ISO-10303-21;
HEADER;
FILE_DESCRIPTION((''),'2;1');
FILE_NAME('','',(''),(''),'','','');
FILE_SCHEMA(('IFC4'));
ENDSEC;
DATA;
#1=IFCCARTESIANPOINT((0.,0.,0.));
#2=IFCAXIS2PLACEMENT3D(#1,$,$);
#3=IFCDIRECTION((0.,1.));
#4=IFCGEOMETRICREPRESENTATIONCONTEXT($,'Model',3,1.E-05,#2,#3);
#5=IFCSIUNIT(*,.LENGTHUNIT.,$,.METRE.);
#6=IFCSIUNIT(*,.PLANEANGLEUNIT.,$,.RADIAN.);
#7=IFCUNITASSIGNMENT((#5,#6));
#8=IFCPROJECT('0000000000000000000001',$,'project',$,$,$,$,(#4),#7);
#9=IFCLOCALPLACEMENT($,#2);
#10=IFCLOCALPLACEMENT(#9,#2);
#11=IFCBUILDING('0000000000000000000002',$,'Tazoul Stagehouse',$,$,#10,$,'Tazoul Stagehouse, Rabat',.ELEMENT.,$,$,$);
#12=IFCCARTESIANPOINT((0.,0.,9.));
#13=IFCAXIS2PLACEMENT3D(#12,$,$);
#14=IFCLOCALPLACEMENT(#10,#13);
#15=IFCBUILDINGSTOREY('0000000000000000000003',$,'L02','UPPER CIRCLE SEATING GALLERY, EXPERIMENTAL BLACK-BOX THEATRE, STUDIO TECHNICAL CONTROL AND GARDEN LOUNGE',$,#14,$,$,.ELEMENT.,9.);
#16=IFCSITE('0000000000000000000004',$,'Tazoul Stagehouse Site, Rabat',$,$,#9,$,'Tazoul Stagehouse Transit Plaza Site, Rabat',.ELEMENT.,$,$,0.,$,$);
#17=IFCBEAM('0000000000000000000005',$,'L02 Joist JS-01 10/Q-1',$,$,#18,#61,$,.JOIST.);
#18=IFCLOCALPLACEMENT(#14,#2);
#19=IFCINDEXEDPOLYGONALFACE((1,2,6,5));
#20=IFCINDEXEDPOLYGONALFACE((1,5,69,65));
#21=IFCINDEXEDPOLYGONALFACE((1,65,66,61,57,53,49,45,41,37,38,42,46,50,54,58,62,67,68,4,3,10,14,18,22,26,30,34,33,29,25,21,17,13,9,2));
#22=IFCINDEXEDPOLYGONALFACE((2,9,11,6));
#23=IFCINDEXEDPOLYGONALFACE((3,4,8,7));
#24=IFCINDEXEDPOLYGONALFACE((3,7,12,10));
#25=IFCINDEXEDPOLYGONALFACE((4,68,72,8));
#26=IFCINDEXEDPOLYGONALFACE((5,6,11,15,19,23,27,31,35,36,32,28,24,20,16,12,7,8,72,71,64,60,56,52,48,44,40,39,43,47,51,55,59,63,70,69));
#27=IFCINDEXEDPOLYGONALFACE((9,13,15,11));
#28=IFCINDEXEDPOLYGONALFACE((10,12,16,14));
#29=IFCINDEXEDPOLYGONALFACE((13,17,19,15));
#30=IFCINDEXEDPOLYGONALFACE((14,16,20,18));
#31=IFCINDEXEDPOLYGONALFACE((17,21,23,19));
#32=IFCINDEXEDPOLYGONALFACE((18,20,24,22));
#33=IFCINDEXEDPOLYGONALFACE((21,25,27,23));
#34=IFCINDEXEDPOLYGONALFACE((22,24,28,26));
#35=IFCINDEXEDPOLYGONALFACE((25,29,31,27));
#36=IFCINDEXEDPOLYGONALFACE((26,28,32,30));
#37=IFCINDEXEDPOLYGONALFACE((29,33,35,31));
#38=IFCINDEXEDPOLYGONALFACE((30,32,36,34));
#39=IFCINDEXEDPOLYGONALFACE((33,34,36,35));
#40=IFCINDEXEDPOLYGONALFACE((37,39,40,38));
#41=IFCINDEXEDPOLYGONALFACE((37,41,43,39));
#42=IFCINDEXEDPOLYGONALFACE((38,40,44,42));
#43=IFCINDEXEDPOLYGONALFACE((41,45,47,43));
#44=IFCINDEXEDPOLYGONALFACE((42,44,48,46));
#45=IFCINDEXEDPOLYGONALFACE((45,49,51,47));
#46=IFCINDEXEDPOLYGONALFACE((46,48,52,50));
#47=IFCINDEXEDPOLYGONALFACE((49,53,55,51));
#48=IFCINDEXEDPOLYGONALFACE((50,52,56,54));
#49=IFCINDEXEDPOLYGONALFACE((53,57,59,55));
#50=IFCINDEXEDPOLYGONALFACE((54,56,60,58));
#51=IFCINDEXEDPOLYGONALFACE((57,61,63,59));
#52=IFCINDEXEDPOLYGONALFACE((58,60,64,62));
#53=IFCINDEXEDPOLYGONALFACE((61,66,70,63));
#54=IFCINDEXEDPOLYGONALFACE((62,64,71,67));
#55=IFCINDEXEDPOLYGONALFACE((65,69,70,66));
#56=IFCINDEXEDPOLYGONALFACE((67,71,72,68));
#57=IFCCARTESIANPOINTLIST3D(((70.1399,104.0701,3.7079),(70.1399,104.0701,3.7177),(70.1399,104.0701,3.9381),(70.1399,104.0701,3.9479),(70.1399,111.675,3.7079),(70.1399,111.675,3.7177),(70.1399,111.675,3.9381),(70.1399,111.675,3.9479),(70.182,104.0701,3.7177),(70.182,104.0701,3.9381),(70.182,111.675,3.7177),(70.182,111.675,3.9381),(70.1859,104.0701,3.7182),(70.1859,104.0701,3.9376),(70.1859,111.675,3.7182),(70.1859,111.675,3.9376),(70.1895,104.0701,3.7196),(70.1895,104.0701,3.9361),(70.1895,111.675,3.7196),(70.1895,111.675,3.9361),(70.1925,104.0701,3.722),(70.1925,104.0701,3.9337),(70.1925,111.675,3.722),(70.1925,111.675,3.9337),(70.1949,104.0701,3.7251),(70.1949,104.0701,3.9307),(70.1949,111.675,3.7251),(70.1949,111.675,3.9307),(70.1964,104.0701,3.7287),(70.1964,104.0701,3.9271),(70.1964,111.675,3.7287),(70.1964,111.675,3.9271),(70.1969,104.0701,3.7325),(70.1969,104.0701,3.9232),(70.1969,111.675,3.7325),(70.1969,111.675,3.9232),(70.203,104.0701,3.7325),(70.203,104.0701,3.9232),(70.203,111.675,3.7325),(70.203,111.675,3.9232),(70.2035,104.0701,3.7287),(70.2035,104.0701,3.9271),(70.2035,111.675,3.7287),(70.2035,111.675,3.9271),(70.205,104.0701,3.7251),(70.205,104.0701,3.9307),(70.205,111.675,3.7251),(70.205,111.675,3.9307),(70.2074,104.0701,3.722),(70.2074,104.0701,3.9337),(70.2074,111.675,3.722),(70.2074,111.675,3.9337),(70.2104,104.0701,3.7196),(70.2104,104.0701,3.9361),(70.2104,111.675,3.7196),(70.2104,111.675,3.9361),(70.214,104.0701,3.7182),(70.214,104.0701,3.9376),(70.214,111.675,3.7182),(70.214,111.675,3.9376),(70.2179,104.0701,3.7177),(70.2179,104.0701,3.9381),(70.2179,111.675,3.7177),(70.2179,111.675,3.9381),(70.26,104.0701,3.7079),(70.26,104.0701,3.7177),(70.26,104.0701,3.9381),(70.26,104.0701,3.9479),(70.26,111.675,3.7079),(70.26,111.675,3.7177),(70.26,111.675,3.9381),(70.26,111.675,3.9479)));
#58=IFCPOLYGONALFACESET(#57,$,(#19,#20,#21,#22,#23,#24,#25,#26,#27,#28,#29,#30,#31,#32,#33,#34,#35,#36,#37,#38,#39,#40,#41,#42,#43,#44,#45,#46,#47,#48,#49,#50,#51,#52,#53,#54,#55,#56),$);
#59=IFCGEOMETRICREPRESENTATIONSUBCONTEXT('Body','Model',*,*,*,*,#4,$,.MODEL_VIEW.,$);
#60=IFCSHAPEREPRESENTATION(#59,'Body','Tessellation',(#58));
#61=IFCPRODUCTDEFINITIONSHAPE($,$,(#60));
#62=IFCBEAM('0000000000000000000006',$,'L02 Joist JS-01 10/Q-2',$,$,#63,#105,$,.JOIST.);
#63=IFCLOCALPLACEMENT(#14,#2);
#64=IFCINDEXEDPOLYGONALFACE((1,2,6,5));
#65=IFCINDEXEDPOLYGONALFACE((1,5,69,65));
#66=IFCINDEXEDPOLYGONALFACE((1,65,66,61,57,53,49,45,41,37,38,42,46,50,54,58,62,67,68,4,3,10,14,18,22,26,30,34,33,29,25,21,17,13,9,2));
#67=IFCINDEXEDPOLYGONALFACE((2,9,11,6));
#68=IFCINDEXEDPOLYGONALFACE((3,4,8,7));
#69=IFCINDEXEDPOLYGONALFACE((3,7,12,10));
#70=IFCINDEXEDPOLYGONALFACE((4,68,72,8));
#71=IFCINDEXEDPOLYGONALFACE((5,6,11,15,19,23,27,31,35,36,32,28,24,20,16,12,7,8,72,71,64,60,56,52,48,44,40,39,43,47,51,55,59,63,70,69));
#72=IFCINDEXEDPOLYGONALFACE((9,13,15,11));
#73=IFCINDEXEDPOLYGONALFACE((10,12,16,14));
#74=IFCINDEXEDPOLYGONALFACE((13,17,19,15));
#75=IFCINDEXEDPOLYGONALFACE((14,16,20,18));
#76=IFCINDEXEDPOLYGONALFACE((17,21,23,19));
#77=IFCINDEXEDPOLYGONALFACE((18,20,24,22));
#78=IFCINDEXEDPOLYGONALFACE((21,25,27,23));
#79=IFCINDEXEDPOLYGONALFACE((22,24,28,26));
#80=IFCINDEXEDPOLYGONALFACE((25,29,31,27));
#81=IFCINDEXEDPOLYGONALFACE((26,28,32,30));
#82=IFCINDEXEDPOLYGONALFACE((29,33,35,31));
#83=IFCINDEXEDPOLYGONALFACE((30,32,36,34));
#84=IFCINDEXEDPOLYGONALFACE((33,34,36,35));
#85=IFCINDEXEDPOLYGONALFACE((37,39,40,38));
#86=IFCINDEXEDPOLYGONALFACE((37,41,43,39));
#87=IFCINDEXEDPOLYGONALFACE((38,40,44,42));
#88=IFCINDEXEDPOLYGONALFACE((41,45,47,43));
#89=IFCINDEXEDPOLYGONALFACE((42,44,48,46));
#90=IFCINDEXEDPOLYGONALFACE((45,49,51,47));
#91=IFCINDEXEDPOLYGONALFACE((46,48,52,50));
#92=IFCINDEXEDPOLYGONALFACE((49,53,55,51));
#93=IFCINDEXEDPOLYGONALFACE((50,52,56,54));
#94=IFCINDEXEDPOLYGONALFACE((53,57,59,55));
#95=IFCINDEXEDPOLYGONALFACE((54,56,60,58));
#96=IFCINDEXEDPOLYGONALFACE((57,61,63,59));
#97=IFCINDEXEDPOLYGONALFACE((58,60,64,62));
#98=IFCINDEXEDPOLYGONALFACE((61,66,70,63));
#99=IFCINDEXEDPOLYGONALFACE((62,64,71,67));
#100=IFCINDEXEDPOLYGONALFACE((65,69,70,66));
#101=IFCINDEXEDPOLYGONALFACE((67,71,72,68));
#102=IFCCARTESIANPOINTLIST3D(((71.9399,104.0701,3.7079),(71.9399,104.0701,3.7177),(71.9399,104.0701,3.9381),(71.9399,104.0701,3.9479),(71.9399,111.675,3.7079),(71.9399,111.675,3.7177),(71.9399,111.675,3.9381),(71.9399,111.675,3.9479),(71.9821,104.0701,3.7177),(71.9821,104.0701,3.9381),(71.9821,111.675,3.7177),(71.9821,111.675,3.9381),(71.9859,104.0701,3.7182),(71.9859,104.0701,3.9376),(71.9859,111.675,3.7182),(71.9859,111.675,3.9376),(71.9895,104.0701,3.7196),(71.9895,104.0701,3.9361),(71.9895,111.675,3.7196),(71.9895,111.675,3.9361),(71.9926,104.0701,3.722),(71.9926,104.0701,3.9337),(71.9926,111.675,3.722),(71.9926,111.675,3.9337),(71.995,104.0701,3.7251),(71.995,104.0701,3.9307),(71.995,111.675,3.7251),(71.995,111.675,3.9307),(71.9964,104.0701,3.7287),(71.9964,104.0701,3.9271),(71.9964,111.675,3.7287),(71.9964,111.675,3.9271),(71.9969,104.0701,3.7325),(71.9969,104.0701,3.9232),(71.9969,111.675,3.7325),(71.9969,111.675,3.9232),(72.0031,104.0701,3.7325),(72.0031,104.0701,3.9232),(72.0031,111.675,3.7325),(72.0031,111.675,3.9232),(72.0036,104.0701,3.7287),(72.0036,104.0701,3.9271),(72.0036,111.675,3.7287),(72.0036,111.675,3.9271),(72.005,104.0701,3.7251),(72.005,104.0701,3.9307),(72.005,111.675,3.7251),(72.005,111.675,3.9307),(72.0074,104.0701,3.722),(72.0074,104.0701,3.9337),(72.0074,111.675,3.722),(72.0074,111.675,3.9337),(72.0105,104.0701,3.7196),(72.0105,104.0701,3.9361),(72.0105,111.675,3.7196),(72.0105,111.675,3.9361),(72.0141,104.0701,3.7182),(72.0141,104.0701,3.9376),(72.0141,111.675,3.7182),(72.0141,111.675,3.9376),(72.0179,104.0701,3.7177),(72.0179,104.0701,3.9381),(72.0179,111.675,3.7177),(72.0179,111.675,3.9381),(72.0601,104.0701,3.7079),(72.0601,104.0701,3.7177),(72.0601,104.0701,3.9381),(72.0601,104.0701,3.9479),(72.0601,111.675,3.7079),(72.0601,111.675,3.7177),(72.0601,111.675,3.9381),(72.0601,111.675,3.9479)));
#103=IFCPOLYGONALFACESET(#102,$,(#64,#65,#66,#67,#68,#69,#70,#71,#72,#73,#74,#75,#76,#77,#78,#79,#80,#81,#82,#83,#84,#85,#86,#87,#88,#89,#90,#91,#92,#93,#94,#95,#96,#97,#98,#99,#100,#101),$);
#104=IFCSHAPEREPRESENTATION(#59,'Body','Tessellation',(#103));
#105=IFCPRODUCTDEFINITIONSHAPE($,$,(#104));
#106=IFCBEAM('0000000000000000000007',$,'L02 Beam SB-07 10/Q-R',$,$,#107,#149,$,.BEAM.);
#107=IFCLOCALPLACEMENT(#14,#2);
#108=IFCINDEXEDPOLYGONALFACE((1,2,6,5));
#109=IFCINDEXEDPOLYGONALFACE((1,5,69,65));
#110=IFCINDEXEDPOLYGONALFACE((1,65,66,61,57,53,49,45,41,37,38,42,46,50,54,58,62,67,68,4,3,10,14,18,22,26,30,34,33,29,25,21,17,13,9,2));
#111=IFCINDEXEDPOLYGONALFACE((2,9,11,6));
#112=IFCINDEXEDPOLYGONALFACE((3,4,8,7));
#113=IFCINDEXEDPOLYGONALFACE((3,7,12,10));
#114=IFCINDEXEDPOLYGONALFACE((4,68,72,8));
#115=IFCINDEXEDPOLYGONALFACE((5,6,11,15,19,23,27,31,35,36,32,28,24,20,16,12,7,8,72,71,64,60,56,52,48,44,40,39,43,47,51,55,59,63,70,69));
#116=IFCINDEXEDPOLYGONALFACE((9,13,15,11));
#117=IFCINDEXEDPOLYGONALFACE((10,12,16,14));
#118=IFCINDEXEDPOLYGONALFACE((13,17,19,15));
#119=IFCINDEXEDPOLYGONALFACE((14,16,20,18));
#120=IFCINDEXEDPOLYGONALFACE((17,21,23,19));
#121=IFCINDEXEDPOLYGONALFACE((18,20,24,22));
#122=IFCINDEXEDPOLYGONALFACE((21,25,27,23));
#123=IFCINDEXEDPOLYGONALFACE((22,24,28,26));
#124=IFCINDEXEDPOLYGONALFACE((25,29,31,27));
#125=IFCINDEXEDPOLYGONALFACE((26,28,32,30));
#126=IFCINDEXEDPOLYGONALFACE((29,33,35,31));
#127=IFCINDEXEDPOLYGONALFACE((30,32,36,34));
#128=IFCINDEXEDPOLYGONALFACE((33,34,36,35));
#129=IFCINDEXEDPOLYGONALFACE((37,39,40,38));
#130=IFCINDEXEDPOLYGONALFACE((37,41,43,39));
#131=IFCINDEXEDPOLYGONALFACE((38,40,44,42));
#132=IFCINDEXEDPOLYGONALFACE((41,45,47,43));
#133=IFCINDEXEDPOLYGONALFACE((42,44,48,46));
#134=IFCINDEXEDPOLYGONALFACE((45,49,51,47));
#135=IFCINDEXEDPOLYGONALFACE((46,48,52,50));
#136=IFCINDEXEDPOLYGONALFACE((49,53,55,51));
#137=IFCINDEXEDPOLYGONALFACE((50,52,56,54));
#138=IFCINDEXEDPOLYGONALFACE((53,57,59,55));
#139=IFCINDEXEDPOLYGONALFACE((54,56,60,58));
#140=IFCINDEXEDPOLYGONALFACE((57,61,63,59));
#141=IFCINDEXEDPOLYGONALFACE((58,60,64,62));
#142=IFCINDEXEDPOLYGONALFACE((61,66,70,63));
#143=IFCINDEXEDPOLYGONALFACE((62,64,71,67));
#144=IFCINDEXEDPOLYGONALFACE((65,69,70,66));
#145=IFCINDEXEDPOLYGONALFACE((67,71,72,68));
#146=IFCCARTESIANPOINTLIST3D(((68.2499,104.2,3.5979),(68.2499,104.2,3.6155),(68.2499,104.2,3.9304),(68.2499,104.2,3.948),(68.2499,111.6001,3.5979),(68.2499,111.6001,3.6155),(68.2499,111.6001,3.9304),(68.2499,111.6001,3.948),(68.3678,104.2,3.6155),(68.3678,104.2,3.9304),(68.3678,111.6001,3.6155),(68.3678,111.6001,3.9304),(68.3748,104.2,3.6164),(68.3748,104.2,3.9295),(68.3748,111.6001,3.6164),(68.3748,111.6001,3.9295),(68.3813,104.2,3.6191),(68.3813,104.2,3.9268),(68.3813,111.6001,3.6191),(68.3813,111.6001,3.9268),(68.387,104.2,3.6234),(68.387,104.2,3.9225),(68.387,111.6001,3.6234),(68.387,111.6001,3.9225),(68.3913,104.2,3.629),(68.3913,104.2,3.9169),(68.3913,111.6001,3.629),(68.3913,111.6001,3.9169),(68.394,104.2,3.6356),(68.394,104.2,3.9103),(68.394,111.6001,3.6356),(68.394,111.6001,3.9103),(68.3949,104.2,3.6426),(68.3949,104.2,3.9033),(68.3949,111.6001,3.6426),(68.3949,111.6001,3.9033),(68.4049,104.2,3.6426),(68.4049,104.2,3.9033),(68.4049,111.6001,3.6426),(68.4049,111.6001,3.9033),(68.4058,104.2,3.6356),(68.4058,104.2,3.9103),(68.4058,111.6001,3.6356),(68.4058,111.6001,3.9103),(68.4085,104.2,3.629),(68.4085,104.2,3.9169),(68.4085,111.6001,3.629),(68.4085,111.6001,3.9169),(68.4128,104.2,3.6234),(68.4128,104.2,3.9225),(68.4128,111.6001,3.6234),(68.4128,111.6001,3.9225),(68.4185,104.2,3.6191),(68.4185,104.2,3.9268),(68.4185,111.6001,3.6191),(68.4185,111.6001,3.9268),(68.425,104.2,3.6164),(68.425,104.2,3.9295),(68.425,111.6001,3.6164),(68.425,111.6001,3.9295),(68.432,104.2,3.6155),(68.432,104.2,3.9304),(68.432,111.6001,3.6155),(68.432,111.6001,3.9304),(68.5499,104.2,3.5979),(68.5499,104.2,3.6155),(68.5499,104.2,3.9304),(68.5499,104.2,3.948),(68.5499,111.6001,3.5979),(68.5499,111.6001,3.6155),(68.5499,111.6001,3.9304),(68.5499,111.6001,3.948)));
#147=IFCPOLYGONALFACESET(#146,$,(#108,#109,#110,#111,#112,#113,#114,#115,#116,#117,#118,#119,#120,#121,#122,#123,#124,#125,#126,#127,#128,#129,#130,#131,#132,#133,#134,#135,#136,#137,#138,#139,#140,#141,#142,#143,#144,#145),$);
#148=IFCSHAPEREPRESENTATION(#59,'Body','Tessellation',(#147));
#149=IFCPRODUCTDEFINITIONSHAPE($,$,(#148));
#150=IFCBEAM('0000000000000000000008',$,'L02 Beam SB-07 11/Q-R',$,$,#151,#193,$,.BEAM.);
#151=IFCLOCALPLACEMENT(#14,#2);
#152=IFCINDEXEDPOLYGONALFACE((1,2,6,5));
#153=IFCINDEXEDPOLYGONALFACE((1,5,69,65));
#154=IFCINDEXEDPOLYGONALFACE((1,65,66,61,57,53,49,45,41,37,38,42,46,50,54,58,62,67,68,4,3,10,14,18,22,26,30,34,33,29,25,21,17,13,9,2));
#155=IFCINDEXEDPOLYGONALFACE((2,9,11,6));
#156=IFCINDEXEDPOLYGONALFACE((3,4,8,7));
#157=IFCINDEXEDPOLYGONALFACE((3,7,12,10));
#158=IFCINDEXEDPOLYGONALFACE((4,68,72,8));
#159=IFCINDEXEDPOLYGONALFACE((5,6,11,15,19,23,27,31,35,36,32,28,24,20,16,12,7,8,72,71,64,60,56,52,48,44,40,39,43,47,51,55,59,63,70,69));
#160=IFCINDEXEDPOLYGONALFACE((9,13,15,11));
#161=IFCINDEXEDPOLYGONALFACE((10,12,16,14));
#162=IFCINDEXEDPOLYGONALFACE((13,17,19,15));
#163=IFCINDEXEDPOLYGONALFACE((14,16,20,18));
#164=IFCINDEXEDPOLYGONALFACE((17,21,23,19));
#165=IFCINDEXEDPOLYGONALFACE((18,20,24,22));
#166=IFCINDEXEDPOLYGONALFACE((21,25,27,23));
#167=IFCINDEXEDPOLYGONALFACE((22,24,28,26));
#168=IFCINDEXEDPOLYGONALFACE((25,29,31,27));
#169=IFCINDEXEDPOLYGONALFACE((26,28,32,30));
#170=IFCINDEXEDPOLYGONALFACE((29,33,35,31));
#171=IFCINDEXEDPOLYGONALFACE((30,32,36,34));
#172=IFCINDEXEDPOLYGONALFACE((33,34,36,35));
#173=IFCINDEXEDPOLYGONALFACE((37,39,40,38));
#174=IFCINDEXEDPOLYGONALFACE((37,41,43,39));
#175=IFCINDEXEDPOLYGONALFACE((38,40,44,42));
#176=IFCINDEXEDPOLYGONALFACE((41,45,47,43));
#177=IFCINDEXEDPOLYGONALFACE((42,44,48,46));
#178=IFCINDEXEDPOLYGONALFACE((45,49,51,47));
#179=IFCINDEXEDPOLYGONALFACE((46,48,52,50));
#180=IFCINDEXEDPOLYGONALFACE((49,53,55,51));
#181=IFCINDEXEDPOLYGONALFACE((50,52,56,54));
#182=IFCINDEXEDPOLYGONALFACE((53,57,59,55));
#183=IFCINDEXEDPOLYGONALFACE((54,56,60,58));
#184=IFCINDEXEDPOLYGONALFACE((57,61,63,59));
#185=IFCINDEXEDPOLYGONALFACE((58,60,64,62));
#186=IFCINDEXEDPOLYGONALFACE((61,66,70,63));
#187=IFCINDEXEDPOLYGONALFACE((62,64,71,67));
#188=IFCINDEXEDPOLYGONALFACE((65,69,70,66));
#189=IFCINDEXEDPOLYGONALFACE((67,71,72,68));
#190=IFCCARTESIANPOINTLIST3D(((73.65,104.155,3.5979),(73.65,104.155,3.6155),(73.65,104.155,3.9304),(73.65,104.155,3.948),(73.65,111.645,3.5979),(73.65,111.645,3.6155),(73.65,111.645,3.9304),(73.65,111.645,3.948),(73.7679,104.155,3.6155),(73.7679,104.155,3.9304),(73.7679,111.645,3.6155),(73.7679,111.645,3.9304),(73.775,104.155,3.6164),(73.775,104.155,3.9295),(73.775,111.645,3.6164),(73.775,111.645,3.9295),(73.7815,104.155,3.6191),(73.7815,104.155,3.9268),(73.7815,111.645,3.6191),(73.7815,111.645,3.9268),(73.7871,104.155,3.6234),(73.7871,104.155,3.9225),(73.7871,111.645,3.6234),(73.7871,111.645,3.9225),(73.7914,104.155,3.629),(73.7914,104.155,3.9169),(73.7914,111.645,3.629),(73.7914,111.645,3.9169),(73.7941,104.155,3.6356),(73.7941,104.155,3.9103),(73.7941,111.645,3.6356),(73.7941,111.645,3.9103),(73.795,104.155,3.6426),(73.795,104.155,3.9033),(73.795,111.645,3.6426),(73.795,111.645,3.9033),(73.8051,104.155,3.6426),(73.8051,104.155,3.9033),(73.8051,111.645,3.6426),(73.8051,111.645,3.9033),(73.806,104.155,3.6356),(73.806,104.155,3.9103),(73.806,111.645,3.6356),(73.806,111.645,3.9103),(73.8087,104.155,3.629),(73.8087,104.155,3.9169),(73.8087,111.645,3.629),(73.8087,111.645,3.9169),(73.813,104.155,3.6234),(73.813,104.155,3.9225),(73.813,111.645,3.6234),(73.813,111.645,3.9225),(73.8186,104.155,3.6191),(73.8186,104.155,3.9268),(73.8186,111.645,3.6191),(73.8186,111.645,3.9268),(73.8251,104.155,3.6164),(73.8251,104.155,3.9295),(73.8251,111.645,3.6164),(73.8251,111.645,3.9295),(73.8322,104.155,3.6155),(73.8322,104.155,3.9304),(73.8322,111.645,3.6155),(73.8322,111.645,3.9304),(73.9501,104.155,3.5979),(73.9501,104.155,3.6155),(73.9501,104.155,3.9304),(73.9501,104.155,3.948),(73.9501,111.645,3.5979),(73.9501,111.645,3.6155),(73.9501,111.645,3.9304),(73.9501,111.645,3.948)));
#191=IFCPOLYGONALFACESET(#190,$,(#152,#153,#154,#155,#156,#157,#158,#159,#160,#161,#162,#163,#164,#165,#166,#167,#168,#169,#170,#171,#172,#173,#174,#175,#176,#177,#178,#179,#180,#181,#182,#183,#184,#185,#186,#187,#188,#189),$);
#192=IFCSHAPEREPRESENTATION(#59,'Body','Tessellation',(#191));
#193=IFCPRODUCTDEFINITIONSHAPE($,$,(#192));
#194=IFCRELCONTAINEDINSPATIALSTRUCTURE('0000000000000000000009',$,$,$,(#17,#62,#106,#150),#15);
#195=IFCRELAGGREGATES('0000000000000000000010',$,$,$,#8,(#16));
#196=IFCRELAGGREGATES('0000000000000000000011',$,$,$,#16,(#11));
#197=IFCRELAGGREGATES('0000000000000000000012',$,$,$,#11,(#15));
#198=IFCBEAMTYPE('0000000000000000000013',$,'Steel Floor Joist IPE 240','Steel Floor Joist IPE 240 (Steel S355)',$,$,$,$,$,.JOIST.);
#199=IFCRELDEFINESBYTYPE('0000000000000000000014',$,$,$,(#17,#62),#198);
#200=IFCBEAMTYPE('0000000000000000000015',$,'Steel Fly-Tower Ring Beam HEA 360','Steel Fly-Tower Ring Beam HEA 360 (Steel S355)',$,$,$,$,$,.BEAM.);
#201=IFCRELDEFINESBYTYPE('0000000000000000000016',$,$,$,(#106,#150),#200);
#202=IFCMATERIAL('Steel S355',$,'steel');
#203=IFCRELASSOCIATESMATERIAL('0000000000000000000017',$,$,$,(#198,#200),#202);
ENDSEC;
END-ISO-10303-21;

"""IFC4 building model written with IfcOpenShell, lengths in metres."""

from ifc_helpers import new_model, si_unit, direction, frame, origin, origin_2d, place, context, subcontext, project, spatial, i_section, extrude, material, material_profile, profile_set, type_object, element, save


model = new_model("IFC4")

# Units and contexts
model_context = context("Model", 3, precision=1e-05, world=origin(), true_north=direction((0.0, 1.0)))
body_context = subcontext(model_context, "Body", "Model", "MODEL_VIEW")
ifc_project = project(units=[si_unit("LENGTHUNIT", "METRE"), si_unit("PLANEANGLEUNIT", "RADIAN")], contexts=[model_context])

# Site, building, storey
site_placement = place(None, origin())
site = spatial("IfcSite", under=ifc_project, at=site_placement, Name="Tazoul Stagehouse Site, Rabat", LongName="Tazoul Stagehouse Transit Plaza Site, Rabat", CompositionType="ELEMENT", RefElevation=0.0)
building_placement = place(site_placement, origin())
building = spatial("IfcBuilding", under=site, at=building_placement, Name="Tazoul Stagehouse", LongName="Tazoul Stagehouse, Rabat", CompositionType="ELEMENT")
storey_placement = place(building_placement, frame((0.0, 0.0, 9.0)))
storey = spatial("IfcBuildingStorey", under=building, at=storey_placement, Name="L02", Description="UPPER CIRCLE SEATING GALLERY, EXPERIMENTAL BLACK-BOX THEATRE, STUDIO TECHNICAL CONTROL AND GARDEN LOUNGE", CompositionType="ELEMENT", Elevation=9.0)

# Shared definitions
ifc_material_1 = material(Name="Steel S355", Category="steel")

# Beams
ifc_material_profile_1 = material_profile(ifc_material_1, i_section(OverallWidth=0.1201, OverallDepth=0.24, WebThickness=0.0061, FlangeThickness=0.0098, FilletRadius=0.0149, at=origin_2d()), Name="IPE 240")
ifc_profile_set_1 = profile_set([ifc_material_profile_1], Name="Steel S355")
beam_type_1 = type_object("IfcBeamType", Name="Steel Floor Joist IPE 240", Description="Steel Floor Joist IPE 240 (Steel S355)", PredefinedType="JOIST", material=ifc_profile_set_1)
for number, where, z_axis, x_axis, name in (
    (1, (70.2, 104.0701, 3.8279), (0.0, 1.0, 0.0), (-1.0, 0.0, 0.0), "L02 Joist JS-01 10/Q-1"),
    (2, (72.0, 104.0701, 3.8279), (0.0, 1.0, 0.0), (-1.0, 0.0, 0.0), "L02 Joist JS-01 10/Q-2"),
):
    element("IfcBeam", number, at=place(storey_placement, frame(where, z_axis=z_axis, x_axis=x_axis)), inside=storey, type_object=beam_type_1, Name=name, PredefinedType="JOIST", context=body_context, shape_type="SweptSolid", body=[
        extrude(i_section(OverallWidth=0.1201, OverallDepth=0.24, WebThickness=0.0061, FlangeThickness=0.0098, FilletRadius=0.0149, at=origin_2d()), origin(), (0.0, 0.0, 1.0), 7.605),
    ])
ifc_material_profile_2 = material_profile(ifc_material_1, i_section(OverallWidth=0.3, OverallDepth=0.3501, WebThickness=0.01, FlangeThickness=0.0176, FilletRadius=0.0271, at=origin_2d()), Name="HEA 360")
ifc_profile_set_2 = profile_set([ifc_material_profile_2], Name="Steel S355")
beam_type_2 = type_object("IfcBeamType", Name="Steel Fly-Tower Ring Beam HEA 360", Description="Steel Fly-Tower Ring Beam HEA 360 (Steel S355)", PredefinedType="BEAM", material=ifc_profile_set_2)
beam_1_placement = place(storey_placement, frame((68.3999, 104.2, 3.7729), z_axis=(0.0, 1.0, 0.0), x_axis=(-1.0, 0.0, 0.0)))
element("IfcBeam", 3, at=beam_1_placement, inside=storey, type_object=beam_type_2, Name="L02 Beam SB-07 10/Q-R", PredefinedType="BEAM", context=body_context, shape_type="SweptSolid", body=[
    extrude(i_section(OverallWidth=0.3, OverallDepth=0.3501, WebThickness=0.01, FlangeThickness=0.0176, FilletRadius=0.0271, at=origin_2d()), origin(), (0.0, 0.0, 1.0), 7.4001),
])
beam_2_placement = place(storey_placement, frame((73.8, 104.155, 3.7729), z_axis=(0.0, 1.0, 0.0), x_axis=(-1.0, 0.0, 0.0)))
element("IfcBeam", 4, at=beam_2_placement, inside=storey, type_object=beam_type_2, Name="L02 Beam SB-07 11/Q-R", PredefinedType="BEAM", context=body_context, shape_type="SweptSolid", body=[
    extrude(i_section(OverallWidth=0.3, OverallDepth=0.3501, WebThickness=0.01, FlangeThickness=0.0176, FilletRadius=0.0271, at=origin_2d()), origin(), (0.0, 0.0, 1.0), 7.49),
])

save(model, "model.ifc")
